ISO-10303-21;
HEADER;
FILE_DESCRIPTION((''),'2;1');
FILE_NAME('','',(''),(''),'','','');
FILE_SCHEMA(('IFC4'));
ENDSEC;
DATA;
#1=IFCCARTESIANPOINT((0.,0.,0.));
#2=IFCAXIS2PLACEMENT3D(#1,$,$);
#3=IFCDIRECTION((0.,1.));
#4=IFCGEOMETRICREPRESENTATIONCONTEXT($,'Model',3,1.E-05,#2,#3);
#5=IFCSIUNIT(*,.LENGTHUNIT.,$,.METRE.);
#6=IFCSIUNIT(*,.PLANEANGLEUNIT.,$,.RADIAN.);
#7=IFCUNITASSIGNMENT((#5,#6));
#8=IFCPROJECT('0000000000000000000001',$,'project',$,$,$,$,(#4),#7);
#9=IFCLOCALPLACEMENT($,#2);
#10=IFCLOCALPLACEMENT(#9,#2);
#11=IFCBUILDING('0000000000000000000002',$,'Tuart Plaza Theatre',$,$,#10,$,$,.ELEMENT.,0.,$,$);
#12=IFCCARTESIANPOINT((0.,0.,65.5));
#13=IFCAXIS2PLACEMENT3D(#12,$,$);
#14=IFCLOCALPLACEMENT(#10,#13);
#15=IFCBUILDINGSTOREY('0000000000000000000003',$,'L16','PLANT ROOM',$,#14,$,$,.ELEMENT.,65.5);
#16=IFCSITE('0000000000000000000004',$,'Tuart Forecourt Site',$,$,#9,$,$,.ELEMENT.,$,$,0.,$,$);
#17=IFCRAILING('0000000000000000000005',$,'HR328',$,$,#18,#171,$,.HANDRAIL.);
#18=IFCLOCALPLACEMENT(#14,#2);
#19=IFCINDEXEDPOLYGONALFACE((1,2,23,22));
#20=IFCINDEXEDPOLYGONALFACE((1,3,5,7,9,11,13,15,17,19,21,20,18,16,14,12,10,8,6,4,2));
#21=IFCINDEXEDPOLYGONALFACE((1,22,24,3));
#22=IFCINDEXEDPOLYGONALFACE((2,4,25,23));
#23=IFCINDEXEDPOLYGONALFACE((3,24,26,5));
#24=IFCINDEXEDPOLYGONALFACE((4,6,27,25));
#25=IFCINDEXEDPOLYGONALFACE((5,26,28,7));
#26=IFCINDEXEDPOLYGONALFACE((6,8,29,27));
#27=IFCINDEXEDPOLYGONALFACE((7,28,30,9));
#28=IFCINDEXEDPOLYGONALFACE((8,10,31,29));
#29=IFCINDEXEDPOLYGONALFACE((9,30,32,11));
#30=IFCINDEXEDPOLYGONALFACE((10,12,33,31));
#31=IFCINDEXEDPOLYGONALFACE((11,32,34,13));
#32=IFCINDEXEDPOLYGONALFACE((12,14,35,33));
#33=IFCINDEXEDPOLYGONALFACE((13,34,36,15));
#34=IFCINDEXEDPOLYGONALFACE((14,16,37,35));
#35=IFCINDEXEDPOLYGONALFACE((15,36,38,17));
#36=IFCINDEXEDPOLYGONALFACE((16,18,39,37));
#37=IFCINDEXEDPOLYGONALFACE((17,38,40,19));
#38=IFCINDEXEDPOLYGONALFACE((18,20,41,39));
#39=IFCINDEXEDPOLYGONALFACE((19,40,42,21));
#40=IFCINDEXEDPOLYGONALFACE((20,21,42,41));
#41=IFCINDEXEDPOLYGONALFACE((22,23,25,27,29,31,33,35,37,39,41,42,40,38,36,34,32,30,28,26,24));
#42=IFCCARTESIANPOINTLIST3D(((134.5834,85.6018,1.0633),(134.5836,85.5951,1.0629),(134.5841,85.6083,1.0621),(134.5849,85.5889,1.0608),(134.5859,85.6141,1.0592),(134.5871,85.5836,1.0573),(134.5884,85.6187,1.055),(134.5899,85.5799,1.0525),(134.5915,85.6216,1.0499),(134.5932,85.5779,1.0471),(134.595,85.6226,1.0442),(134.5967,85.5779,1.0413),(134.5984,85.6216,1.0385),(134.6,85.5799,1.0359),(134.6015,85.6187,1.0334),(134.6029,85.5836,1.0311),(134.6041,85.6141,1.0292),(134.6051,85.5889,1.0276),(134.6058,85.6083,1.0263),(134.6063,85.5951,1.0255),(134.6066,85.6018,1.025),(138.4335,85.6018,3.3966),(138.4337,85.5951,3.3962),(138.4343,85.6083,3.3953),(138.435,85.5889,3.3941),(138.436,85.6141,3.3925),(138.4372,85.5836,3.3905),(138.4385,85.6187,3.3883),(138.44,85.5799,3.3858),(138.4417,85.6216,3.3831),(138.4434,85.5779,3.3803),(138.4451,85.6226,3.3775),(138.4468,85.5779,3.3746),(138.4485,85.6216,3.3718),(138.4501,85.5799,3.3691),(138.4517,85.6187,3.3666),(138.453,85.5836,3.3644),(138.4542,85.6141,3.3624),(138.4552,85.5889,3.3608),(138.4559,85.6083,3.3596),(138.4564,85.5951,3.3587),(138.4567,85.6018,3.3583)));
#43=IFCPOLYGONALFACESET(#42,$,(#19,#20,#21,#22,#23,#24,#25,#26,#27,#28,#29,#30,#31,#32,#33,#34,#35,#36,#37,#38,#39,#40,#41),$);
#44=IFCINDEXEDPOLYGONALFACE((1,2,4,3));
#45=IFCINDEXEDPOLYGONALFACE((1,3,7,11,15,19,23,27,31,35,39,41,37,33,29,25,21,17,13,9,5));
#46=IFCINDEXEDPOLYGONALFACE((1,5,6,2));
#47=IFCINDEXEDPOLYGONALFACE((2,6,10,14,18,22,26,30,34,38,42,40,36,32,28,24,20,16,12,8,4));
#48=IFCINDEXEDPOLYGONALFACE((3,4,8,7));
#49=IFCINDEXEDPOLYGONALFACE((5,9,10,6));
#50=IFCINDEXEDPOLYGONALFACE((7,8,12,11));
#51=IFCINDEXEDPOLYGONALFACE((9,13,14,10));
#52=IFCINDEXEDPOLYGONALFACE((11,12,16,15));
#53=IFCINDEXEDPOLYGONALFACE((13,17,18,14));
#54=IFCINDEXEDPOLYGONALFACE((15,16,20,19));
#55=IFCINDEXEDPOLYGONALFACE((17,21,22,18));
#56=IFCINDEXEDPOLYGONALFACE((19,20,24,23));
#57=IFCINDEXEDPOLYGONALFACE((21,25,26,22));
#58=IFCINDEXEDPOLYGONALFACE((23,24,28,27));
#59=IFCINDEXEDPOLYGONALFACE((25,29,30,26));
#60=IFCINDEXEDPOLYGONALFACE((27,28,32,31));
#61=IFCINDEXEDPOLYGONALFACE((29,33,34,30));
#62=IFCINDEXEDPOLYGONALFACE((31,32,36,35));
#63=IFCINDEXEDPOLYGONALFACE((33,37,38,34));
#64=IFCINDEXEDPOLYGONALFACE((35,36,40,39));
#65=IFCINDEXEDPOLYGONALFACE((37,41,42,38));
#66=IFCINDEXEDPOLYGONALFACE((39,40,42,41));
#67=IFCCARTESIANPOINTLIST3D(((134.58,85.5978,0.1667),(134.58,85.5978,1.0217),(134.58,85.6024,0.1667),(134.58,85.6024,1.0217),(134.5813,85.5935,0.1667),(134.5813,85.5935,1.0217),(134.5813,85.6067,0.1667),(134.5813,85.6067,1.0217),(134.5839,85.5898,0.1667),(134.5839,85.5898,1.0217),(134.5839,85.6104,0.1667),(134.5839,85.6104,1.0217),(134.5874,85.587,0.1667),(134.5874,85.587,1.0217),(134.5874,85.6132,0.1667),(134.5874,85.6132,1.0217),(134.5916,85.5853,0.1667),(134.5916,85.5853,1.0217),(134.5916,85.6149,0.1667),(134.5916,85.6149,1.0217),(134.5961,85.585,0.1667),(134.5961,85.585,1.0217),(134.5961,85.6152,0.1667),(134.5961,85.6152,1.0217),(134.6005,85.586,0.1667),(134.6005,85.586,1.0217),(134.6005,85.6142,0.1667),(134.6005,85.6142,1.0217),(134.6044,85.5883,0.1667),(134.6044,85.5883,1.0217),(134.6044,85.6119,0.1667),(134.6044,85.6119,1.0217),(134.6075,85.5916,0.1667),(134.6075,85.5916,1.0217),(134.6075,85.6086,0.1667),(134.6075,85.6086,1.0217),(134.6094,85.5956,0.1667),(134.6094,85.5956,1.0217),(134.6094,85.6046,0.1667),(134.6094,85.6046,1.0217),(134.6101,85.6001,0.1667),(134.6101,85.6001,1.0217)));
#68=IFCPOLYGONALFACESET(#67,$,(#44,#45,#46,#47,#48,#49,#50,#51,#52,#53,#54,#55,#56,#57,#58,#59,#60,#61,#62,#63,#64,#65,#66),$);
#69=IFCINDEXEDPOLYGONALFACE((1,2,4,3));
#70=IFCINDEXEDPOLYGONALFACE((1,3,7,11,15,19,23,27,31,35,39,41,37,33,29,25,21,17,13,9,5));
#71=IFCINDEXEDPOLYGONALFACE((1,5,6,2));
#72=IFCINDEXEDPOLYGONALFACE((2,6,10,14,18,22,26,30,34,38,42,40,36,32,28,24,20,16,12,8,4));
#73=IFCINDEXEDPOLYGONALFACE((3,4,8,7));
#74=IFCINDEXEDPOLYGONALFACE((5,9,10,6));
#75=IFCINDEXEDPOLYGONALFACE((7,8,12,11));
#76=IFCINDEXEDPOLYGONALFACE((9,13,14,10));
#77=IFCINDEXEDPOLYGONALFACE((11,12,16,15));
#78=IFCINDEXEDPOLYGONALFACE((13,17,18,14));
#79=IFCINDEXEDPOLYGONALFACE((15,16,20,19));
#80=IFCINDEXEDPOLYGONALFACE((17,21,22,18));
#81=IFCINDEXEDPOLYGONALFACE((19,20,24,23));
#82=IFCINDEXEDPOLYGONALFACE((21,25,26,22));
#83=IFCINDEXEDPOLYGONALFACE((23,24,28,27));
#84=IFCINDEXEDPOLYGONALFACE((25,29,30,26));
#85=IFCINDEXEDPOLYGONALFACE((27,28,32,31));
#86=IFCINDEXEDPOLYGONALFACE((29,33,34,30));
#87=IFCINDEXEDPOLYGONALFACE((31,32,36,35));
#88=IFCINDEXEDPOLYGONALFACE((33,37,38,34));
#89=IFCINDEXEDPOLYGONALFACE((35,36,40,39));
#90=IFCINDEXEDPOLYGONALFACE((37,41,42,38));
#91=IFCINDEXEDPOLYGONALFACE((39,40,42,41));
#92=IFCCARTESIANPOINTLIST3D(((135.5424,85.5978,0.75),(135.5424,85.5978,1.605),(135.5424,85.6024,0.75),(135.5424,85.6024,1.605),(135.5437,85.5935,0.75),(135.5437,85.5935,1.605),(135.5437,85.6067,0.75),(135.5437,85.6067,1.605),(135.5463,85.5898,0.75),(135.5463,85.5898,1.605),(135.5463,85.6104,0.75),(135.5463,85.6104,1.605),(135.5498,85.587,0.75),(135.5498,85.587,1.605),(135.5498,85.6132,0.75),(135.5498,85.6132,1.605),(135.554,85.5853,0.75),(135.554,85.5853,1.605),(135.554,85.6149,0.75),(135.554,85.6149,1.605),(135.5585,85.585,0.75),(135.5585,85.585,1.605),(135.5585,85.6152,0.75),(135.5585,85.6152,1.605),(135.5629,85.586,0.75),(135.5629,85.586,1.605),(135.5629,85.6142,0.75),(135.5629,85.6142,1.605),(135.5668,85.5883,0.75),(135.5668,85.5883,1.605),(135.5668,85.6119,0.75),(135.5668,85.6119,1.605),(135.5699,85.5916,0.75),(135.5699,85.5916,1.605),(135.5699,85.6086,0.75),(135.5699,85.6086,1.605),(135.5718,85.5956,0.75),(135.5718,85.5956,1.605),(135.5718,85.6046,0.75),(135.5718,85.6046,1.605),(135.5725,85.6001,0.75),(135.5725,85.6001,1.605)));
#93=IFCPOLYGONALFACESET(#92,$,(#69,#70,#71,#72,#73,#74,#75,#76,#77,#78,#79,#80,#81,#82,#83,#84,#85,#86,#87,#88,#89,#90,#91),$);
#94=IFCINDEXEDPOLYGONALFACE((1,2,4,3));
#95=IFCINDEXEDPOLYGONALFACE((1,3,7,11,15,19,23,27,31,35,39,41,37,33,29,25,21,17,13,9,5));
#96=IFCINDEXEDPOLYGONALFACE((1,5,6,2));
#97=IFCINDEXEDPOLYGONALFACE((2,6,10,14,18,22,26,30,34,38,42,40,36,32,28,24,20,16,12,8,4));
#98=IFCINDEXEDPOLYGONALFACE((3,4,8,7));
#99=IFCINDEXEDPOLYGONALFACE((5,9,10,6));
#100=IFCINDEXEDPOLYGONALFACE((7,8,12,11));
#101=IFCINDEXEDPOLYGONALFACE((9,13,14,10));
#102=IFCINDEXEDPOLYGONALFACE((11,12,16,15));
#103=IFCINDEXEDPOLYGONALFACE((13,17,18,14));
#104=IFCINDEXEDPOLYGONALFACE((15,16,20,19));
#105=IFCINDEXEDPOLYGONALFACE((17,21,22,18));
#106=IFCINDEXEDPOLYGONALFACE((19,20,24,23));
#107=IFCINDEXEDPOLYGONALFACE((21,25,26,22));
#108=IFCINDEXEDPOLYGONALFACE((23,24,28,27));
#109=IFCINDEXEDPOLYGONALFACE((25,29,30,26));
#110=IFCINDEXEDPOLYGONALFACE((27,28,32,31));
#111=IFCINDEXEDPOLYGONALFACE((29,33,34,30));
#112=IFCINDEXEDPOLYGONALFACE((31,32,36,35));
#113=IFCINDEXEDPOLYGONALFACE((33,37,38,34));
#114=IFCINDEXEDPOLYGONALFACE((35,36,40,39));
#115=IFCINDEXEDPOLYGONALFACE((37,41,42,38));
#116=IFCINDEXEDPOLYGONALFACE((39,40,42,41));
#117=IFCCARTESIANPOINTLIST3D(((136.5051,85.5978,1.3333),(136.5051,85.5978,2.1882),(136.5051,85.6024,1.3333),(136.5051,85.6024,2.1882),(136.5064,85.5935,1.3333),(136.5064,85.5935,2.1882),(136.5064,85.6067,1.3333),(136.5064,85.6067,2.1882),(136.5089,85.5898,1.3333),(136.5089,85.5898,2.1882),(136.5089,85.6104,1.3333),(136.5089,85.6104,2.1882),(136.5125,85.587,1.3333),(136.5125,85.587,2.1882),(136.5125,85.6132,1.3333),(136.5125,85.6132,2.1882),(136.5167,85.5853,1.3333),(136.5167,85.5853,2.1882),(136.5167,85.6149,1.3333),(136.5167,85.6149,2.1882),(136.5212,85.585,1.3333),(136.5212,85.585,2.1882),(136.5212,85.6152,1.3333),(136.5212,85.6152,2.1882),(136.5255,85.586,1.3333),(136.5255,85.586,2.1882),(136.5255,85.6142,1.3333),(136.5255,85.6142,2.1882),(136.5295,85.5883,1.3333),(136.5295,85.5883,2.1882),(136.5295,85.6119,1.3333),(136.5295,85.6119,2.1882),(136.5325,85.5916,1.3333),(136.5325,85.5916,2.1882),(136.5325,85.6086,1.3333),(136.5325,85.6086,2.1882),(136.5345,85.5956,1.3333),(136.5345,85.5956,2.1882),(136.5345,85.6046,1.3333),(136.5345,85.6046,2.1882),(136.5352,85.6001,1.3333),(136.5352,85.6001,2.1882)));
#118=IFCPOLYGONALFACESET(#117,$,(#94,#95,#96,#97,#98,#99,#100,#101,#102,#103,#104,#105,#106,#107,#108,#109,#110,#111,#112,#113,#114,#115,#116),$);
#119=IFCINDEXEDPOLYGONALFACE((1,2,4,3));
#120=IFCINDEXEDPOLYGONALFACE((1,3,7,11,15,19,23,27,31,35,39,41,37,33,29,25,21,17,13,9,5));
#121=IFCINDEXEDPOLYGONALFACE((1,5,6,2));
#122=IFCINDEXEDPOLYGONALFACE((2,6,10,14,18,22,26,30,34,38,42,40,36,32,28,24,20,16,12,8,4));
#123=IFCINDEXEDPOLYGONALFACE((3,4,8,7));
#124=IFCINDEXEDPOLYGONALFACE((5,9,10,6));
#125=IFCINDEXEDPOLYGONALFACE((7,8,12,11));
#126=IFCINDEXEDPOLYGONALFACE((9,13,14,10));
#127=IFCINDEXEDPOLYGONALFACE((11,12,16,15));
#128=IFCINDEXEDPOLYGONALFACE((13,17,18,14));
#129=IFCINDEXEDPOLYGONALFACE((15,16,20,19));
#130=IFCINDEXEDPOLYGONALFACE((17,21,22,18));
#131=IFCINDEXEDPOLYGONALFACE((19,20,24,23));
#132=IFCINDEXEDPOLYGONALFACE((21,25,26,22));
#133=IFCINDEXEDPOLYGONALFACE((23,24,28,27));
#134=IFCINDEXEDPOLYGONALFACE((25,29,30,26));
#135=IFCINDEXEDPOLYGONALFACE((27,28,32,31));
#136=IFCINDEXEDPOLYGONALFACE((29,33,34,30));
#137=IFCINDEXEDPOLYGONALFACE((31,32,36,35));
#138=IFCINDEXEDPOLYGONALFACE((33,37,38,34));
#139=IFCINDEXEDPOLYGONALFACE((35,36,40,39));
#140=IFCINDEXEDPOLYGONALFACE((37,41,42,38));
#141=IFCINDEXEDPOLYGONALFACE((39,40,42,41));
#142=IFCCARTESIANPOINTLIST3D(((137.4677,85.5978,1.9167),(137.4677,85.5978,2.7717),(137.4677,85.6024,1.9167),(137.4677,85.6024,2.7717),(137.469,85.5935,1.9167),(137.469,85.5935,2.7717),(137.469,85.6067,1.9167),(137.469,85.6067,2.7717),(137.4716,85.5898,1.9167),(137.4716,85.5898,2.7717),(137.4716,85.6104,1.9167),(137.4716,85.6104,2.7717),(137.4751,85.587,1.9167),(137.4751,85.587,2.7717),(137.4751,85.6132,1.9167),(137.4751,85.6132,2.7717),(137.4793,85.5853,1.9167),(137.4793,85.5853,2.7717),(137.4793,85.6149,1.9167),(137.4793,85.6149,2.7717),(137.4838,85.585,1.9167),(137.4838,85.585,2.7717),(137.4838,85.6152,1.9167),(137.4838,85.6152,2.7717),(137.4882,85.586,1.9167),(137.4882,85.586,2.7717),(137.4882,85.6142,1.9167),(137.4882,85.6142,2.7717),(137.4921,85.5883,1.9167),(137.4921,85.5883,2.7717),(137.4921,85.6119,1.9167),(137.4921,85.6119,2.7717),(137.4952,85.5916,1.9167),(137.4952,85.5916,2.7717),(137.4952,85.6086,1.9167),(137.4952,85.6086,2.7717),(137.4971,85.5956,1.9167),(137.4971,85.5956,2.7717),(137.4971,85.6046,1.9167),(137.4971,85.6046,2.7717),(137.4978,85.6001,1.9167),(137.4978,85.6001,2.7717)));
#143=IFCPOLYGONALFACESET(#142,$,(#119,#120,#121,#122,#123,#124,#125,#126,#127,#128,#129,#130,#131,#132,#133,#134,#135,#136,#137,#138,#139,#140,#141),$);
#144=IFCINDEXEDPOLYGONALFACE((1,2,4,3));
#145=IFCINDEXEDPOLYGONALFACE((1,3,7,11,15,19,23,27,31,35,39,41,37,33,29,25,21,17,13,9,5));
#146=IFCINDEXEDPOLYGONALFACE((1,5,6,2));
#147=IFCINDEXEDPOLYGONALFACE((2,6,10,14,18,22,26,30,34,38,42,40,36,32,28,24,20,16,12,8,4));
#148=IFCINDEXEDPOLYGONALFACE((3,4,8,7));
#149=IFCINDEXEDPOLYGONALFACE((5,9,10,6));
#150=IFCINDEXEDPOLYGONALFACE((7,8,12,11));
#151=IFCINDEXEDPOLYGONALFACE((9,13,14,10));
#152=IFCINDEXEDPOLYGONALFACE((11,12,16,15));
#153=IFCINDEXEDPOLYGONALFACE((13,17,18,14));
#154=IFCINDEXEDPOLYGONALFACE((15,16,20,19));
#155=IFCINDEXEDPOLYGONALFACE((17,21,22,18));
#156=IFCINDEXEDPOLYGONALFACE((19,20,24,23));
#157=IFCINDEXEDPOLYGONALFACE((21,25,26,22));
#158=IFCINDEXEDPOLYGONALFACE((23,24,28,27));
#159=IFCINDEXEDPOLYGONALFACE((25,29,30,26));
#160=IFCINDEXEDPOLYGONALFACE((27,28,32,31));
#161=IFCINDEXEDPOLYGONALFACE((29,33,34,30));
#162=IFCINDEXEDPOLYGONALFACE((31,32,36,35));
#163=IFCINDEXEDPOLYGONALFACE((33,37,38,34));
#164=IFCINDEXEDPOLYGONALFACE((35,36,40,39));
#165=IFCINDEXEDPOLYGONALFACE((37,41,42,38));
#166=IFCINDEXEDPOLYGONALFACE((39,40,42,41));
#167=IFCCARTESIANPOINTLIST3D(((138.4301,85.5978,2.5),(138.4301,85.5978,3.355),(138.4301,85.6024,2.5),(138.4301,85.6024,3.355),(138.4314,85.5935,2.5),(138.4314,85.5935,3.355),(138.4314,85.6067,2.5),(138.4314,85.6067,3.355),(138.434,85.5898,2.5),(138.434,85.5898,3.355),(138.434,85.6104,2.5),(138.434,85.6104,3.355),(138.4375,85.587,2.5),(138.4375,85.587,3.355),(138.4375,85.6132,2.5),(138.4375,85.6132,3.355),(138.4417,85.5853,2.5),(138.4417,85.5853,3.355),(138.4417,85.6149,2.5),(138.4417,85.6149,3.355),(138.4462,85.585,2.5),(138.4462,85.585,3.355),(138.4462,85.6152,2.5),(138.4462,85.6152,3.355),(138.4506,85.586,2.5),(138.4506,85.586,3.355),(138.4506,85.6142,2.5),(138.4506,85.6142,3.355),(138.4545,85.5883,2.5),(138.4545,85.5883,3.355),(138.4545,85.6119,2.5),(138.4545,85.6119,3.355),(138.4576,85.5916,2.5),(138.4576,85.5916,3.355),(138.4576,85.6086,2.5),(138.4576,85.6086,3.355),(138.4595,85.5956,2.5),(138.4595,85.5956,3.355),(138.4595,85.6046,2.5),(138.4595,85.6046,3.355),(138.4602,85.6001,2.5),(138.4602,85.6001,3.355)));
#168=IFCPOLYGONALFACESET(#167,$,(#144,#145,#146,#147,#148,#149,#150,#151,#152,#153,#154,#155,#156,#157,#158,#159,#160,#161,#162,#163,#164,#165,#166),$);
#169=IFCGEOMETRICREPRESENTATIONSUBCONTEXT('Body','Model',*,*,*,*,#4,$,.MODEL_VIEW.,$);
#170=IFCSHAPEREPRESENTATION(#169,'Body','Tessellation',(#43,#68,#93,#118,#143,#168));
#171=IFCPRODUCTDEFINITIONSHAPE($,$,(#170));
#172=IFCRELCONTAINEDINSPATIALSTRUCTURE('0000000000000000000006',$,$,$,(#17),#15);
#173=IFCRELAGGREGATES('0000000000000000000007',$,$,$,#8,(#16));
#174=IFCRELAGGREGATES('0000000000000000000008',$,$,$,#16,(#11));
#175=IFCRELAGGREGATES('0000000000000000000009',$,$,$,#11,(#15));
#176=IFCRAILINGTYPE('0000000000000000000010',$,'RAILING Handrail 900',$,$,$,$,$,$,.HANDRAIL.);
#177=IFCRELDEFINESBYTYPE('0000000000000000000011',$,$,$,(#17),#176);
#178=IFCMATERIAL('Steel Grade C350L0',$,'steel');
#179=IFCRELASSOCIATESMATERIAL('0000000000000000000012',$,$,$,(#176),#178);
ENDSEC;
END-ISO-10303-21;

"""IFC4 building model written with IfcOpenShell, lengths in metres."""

from ifc_helpers import new_model, si_unit, direction, frame, origin, origin_2d, place, context, subcontext, project, spatial, circle, extrude, material, type_object, element, save


model = new_model("IFC4")

# Units and contexts
model_context = context("Model", 3, precision=1e-05, world=origin(), true_north=direction((0.0, 1.0)))
body_context = subcontext(model_context, "Body", "Model", "MODEL_VIEW")
ifc_project = project(units=[si_unit("LENGTHUNIT", "METRE"), si_unit("PLANEANGLEUNIT", "RADIAN")], contexts=[model_context])

# Site, building, storey
site_placement = place(None, origin())
site = spatial("IfcSite", under=ifc_project, at=site_placement, Name="Tuart Forecourt Site", CompositionType="ELEMENT", RefElevation=0.0)
building_placement = place(site_placement, origin())
building = spatial("IfcBuilding", under=site, at=building_placement, Name="Tuart Plaza Theatre", CompositionType="ELEMENT", ElevationOfRefHeight=0.0)
storey_placement = place(building_placement, frame((0.0, 0.0, 65.5)))
storey = spatial("IfcBuildingStorey", under=building, at=storey_placement, Name="L16", Description="PLANT ROOM", CompositionType="ELEMENT", Elevation=65.5)

# Railing
ifc_material_1 = material(Name="Steel Grade C350L0", Category="steel")
railing_type_1 = type_object("IfcRailingType", Name="RAILING Handrail 900", PredefinedType="HANDRAIL", material=ifc_material_1)
for number, where, name in (
    (1, (134.595, 85.6001, 0.1667), "HR328"),
):
    element("IfcRailing", number, at=place(storey_placement, frame(where)), inside=storey, type_object=railing_type_1, Name=name, PredefinedType="HANDRAIL", context=body_context, shape_type="SweptSolid", body=[
        extrude(circle(Radius=0.0225, at=origin_2d()), frame((0.0, 0.0, 0.8774), z_axis=(0.855212, 0.0, 0.518279), x_axis=(0.0, 1.0, 0.0)), (0.0, 0.0, 1.0), 4.502),
        extrude(circle(Radius=0.0151, at=origin_2d()), origin(), (0.0, 0.0, 1.0), 0.855),
        extrude(circle(Radius=0.0151, at=origin_2d()), frame((0.9624, 0.0, 0.5833)), (0.0, 0.0, 1.0), 0.855),
        extrude(circle(Radius=0.0151, at=origin_2d()), frame((1.925, 0.0, 1.1665)), (0.0, 0.0, 1.0), 0.855),
        extrude(circle(Radius=0.0151, at=origin_2d()), frame((2.8877, 0.0, 1.75)), (0.0, 0.0, 1.0), 0.855),
        extrude(circle(Radius=0.0151, at=origin_2d()), frame((3.8501, 0.0, 2.3333)), (0.0, 0.0, 1.0), 0.855),
    ])

save(model, "model.ifc")
